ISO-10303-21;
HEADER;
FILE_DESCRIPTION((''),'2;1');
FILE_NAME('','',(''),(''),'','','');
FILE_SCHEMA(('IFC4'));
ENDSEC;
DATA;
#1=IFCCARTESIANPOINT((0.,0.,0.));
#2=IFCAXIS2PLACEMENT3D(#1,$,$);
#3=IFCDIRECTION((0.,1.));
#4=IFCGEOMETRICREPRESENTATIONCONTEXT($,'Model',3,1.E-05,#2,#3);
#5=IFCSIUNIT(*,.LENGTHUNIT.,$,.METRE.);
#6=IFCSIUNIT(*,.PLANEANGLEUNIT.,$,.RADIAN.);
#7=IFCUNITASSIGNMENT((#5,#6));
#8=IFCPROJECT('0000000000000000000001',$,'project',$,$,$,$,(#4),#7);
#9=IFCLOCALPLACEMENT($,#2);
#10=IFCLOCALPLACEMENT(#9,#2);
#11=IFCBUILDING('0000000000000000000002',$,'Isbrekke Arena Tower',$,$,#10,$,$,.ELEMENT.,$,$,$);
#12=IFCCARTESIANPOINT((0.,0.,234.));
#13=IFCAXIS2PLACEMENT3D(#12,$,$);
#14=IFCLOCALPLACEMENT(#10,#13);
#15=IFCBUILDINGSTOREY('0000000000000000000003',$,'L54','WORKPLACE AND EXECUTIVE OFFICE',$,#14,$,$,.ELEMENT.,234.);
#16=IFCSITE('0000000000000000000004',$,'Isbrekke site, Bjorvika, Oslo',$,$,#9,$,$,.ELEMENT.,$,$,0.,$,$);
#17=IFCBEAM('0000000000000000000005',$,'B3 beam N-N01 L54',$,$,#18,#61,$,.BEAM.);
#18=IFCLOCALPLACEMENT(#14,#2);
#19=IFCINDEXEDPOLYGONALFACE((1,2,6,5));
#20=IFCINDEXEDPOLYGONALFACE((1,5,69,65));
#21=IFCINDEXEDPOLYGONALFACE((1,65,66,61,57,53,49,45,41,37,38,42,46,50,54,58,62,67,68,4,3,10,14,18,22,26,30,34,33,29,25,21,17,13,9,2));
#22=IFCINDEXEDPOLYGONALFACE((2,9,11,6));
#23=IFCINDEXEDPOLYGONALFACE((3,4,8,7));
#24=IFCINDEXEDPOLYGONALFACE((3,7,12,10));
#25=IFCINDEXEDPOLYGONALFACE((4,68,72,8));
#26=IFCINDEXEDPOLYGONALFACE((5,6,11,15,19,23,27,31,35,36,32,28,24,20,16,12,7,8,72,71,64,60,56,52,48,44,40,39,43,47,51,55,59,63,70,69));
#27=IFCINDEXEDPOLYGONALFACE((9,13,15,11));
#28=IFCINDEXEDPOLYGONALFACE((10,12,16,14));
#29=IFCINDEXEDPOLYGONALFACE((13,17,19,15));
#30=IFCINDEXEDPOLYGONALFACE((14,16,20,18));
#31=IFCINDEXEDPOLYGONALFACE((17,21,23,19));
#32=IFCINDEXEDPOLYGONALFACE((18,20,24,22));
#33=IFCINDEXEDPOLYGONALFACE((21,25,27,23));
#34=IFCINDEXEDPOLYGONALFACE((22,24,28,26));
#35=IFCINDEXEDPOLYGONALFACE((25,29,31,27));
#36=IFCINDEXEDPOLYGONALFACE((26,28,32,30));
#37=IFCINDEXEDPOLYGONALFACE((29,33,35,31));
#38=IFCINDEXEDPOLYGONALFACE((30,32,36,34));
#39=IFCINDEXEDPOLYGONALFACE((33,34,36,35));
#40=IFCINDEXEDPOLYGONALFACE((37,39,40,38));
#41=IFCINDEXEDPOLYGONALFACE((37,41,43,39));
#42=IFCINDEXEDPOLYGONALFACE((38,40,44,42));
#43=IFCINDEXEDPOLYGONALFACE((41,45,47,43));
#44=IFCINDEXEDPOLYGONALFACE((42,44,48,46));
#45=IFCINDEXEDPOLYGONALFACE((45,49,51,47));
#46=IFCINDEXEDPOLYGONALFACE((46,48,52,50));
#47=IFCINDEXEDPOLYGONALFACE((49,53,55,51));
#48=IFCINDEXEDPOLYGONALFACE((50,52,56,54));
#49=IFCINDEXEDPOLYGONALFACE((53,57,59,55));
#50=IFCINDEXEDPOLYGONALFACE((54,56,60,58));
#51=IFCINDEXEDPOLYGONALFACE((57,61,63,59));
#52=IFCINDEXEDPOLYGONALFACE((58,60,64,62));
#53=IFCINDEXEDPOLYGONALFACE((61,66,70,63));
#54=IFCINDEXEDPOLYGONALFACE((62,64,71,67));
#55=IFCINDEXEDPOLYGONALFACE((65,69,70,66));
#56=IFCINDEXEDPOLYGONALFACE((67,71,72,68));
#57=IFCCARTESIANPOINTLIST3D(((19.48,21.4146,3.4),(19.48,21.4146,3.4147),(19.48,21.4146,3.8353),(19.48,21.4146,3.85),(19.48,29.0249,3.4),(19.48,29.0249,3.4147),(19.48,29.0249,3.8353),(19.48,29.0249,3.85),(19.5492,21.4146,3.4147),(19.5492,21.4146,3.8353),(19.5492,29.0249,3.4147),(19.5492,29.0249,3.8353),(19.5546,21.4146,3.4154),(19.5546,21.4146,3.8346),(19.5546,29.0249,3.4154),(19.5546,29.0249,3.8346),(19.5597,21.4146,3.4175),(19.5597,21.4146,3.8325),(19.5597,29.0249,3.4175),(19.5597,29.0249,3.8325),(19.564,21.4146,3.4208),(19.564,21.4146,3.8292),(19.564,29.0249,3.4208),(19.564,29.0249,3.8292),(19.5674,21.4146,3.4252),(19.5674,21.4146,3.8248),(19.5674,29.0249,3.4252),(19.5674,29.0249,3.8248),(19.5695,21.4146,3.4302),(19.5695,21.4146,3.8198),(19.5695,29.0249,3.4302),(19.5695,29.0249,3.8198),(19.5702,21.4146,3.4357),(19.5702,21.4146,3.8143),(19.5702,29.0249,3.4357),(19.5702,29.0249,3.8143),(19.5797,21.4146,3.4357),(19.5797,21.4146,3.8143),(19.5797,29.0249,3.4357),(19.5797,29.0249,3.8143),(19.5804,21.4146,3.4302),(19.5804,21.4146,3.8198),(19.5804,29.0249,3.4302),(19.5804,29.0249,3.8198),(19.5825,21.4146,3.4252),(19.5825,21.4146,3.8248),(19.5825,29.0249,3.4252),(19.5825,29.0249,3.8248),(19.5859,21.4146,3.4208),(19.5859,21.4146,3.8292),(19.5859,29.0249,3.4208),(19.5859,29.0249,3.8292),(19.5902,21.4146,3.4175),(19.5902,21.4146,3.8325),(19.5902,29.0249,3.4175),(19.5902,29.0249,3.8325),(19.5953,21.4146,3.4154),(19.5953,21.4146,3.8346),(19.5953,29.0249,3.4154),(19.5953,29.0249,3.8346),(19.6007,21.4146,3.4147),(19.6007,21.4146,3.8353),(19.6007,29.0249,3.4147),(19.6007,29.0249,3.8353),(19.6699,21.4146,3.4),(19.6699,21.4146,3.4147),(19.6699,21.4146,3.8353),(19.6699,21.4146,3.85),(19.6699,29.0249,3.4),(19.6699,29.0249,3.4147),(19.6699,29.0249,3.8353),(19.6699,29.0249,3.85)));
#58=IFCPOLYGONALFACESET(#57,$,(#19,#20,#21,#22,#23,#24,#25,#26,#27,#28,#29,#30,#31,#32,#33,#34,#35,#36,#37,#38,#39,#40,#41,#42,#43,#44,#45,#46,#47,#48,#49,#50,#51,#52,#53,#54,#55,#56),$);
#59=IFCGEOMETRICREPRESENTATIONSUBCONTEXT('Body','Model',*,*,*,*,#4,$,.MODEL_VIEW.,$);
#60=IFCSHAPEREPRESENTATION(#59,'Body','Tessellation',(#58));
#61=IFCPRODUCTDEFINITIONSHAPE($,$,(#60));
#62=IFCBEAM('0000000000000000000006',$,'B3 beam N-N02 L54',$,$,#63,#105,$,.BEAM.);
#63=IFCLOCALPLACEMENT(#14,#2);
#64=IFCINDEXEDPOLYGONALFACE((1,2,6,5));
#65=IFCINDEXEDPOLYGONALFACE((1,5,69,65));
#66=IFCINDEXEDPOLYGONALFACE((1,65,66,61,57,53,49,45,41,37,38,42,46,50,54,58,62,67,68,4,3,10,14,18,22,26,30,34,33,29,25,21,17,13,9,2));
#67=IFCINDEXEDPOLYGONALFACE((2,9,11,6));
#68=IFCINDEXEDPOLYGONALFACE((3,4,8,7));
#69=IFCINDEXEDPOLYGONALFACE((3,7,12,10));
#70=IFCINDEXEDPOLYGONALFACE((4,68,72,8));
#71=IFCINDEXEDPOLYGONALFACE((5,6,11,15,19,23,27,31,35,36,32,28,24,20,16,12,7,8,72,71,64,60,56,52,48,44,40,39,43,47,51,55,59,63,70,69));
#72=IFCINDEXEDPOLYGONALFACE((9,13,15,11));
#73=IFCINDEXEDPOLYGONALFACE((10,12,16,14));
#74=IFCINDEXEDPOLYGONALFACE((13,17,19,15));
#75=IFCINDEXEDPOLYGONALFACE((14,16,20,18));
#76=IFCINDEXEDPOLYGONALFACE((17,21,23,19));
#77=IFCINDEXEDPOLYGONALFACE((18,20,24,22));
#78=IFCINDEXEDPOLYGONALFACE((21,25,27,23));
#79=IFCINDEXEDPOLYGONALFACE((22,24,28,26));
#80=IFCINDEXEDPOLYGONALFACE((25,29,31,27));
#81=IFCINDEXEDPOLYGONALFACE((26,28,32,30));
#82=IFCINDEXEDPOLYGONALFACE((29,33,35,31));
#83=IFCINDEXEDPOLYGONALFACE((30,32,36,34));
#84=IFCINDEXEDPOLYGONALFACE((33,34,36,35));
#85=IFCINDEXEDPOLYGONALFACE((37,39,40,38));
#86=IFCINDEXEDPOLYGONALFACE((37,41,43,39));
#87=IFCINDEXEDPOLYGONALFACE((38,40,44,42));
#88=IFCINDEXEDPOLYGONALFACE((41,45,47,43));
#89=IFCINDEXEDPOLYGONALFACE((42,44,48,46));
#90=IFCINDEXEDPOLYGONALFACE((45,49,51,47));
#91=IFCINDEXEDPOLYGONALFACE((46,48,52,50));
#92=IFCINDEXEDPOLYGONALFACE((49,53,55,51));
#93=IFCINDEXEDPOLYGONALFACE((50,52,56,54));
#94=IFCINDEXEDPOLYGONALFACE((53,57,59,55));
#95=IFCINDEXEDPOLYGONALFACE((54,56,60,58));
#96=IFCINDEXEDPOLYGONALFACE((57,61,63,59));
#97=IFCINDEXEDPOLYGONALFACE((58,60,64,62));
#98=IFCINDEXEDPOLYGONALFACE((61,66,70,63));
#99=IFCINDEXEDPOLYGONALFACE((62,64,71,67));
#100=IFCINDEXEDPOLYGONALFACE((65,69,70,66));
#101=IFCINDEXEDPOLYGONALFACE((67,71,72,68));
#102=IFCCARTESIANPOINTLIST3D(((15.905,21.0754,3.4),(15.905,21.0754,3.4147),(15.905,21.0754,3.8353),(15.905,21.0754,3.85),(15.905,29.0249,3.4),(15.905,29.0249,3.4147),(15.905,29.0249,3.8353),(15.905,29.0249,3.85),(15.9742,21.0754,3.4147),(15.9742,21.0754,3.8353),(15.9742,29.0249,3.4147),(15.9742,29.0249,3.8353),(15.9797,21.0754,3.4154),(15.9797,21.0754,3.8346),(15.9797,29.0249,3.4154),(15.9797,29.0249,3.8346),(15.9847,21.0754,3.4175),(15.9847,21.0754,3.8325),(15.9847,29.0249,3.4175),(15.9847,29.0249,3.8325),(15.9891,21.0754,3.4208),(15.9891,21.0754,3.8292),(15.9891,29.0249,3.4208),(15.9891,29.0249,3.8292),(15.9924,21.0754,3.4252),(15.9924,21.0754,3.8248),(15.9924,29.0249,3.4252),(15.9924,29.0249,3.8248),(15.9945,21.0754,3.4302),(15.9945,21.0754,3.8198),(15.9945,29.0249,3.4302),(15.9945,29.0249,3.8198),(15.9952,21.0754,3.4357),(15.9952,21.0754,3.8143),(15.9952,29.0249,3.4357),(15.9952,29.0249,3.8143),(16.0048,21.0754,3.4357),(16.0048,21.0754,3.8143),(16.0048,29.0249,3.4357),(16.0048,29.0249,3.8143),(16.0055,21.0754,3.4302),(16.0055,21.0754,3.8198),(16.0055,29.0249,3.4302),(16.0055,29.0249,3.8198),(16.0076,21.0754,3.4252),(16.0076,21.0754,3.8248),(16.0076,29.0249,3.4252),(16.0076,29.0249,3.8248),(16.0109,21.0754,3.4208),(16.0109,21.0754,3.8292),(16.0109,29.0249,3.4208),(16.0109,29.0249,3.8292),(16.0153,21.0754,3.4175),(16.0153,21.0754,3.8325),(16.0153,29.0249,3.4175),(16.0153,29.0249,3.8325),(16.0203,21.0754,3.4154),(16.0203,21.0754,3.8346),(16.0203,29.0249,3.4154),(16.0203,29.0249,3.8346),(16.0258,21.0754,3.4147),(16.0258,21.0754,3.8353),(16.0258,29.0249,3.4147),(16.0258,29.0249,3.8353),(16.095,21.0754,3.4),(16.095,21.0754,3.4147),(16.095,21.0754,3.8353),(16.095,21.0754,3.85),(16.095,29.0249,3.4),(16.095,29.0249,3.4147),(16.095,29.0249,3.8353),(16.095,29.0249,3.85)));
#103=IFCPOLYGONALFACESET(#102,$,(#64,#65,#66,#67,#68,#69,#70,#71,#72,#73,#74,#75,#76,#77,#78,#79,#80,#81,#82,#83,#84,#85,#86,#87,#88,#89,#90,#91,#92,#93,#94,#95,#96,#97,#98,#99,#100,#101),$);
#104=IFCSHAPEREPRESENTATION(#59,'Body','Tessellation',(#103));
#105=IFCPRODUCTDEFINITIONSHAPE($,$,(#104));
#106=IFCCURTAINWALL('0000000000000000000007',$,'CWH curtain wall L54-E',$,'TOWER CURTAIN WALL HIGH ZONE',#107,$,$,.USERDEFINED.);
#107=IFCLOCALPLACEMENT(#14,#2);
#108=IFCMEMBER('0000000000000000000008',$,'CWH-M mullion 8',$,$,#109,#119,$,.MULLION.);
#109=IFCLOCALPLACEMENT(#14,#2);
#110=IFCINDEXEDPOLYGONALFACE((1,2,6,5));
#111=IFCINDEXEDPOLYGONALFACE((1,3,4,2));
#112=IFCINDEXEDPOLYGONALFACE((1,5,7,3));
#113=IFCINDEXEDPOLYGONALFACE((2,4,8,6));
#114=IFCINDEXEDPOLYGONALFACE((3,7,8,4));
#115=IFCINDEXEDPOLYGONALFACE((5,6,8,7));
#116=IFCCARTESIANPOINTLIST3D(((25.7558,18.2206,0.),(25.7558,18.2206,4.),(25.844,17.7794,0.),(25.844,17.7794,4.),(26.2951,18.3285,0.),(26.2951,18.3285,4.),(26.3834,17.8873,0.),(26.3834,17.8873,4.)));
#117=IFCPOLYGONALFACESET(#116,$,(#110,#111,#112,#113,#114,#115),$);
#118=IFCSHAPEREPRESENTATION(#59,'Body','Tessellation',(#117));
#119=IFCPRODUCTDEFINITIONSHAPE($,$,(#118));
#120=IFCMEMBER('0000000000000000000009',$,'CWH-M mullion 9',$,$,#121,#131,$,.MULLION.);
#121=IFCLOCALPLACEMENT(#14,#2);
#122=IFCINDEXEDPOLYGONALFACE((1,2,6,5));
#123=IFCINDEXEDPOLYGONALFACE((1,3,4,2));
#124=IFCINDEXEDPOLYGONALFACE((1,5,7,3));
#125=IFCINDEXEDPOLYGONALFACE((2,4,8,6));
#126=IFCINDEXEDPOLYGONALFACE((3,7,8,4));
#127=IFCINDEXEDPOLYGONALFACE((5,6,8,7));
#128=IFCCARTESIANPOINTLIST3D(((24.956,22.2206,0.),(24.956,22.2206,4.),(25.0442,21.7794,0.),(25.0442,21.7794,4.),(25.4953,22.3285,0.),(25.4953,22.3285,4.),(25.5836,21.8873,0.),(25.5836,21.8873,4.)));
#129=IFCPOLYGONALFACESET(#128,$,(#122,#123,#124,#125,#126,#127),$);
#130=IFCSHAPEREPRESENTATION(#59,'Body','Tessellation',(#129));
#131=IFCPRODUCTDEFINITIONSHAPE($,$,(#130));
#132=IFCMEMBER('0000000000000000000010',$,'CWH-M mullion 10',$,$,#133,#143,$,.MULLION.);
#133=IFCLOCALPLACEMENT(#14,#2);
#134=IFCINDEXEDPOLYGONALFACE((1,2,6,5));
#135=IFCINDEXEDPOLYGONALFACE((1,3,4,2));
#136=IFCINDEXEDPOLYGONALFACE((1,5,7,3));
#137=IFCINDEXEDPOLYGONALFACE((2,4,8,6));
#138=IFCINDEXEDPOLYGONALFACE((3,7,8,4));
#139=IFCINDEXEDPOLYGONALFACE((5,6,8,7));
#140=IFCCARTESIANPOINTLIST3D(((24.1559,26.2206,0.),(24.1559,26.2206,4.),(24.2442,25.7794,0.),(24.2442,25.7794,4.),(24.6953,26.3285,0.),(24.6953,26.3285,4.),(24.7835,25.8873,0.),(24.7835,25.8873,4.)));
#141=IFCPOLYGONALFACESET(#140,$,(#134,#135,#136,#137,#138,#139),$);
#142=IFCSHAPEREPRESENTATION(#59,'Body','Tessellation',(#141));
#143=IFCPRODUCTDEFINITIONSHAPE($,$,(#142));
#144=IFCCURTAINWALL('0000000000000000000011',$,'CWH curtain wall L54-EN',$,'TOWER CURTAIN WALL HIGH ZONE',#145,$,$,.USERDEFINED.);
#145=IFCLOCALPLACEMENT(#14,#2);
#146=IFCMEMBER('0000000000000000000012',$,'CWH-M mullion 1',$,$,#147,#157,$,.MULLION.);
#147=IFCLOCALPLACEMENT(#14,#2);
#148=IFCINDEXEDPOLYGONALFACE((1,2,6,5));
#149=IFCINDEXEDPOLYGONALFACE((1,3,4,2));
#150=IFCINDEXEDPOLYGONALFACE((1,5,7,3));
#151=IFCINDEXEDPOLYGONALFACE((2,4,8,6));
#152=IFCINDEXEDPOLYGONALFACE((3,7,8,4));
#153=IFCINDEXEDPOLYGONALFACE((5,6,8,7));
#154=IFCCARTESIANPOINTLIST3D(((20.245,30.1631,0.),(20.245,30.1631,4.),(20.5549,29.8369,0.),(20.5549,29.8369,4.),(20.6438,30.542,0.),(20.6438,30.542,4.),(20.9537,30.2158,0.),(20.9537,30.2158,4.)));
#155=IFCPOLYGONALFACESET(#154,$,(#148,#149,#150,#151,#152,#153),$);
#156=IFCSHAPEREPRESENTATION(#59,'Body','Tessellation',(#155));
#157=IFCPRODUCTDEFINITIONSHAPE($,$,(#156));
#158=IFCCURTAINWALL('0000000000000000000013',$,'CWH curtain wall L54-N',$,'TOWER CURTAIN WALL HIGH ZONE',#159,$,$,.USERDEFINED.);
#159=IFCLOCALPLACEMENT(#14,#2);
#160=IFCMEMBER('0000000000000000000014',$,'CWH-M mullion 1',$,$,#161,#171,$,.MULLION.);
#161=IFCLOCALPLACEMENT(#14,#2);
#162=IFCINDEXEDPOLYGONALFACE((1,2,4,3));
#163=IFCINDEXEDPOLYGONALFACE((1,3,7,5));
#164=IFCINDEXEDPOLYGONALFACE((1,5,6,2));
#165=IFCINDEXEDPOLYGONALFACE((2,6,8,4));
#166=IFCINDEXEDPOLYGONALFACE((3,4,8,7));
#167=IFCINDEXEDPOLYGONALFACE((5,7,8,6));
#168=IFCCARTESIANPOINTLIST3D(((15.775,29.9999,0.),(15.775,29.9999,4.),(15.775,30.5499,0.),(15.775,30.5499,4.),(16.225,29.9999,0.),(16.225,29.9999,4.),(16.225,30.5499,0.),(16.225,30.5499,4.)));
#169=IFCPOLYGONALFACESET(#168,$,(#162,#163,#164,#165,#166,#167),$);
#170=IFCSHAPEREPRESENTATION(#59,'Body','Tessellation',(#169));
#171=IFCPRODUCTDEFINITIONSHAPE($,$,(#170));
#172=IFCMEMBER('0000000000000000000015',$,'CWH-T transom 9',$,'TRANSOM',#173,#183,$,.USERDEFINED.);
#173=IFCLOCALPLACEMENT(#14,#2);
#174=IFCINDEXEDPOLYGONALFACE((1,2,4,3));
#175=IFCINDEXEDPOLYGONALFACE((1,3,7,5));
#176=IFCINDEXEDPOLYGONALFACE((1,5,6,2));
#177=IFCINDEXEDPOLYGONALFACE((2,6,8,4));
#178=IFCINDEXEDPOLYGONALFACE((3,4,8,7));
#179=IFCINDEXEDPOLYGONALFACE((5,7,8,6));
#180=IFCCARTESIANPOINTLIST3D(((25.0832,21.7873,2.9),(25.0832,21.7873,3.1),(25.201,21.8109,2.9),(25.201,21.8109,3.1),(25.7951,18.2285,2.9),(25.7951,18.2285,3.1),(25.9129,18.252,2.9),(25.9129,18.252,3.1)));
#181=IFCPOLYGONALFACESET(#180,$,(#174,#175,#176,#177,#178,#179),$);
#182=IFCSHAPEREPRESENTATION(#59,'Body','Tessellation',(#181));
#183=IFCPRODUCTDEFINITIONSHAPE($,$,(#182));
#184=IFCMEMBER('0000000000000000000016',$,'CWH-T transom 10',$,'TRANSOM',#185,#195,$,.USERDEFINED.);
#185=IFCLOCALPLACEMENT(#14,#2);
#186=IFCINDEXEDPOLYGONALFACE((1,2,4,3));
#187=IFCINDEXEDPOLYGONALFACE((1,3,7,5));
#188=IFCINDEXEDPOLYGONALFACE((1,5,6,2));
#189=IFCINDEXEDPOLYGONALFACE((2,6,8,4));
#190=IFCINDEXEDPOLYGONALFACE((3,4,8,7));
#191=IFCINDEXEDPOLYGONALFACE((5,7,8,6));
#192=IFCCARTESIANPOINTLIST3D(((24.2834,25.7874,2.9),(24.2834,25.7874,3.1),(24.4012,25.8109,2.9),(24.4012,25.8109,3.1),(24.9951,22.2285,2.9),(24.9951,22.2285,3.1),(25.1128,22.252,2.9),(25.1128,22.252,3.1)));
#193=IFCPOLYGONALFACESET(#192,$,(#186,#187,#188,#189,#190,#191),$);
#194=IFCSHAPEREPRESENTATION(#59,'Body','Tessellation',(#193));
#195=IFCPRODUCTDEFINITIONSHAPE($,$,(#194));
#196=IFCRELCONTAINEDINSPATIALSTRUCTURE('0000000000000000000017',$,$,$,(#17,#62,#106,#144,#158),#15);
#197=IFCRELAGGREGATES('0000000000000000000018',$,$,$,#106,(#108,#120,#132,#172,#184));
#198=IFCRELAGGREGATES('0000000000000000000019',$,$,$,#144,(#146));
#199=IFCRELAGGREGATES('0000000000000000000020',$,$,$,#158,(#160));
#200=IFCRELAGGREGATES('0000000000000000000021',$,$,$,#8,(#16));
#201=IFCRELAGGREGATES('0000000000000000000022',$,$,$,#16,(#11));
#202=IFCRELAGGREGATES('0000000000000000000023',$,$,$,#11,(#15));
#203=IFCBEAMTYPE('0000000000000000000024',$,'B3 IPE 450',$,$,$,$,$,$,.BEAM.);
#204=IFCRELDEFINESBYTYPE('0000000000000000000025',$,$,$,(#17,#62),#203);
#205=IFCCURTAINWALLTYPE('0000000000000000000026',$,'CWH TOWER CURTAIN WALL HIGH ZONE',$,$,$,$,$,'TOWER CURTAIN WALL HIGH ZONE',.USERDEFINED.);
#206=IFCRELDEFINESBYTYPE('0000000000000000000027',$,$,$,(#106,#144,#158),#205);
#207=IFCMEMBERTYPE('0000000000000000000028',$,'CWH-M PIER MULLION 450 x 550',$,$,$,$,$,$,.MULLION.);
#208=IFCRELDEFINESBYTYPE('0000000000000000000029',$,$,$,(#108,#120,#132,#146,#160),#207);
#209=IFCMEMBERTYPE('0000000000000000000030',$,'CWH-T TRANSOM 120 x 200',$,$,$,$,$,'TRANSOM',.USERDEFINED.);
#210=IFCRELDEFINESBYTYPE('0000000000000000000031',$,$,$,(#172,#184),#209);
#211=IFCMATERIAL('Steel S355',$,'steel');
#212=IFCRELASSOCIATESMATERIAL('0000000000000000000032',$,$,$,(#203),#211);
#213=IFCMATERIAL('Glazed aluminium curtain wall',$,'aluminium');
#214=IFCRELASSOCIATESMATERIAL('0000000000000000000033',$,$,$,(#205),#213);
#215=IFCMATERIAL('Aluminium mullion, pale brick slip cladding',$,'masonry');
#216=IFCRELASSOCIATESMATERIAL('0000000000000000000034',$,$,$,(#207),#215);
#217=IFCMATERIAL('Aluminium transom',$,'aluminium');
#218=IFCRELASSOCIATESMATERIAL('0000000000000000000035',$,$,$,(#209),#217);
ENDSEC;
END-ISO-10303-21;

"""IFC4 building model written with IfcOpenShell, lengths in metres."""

from ifc_helpers import new_model, si_unit, direction, frame, origin, origin_2d, place, context, subcontext, project, spatial, rectangle, i_section, extrude, material, material_profile, profile_set, type_object, element, aggregate, save


model = new_model("IFC4")

# Units and contexts
model_context = context("Model", 3, precision=1e-05, world=origin(), true_north=direction((0.0, 1.0)))
body_context = subcontext(model_context, "Body", "Model", "MODEL_VIEW")
ifc_project = project(units=[si_unit("LENGTHUNIT", "METRE"), si_unit("PLANEANGLEUNIT", "RADIAN")], contexts=[model_context])

# Site, building, storey
site_placement = place(None, origin())
site = spatial("IfcSite", under=ifc_project, at=site_placement, Name="Isbrekke site, Bjorvika, Oslo", CompositionType="ELEMENT", RefElevation=0.0)
building_placement = place(site_placement, origin())
building = spatial("IfcBuilding", under=site, at=building_placement, Name="Isbrekke Arena Tower", CompositionType="ELEMENT")
storey_placement = place(building_placement, frame((0.0, 0.0, 234.0)))
storey = spatial("IfcBuildingStorey", under=building, at=storey_placement, Name="L54", Description="WORKPLACE AND EXECUTIVE OFFICE", CompositionType="ELEMENT", Elevation=234.0)

# Beams
ifc_material_1 = material(Name="Steel S355", Category="steel")
ifc_material_profile_1 = material_profile(ifc_material_1, i_section(OverallWidth=0.1899, OverallDepth=0.45, WebThickness=0.0095, FlangeThickness=0.0146, FilletRadius=0.021, at=origin_2d()), Name="IPE 450")
ifc_profile_set_1 = profile_set([ifc_material_profile_1], Name="Steel S355")
beam_type_1 = type_object("IfcBeamType", Name="B3 IPE 450", PredefinedType="BEAM", material=ifc_profile_set_1)
beam_1_placement = place(storey_placement, frame((19.575, 29.0249, 3.625), z_axis=(0.0, -1.0, 0.0), x_axis=(1.0, 0.0, 0.0)))
element("IfcBeam", 1, at=beam_1_placement, inside=storey, type_object=beam_type_1, Name="B3 beam N-N01 L54", PredefinedType="BEAM", context=body_context, shape_type="SweptSolid", body=[
    extrude(i_section(OverallWidth=0.1899, OverallDepth=0.45, WebThickness=0.0095, FlangeThickness=0.0146, FilletRadius=0.021, at=origin_2d()), origin(), (0.0, 0.0, 1.0), 7.6104),
])
beam_2_placement = place(storey_placement, frame((16.0, 29.0249, 3.625), z_axis=(0.0, -1.0, 0.0), x_axis=(1.0, 0.0, 0.0)))
element("IfcBeam", 2, at=beam_2_placement, inside=storey, type_object=beam_type_1, Name="B3 beam N-N02 L54", PredefinedType="BEAM", context=body_context, shape_type="SweptSolid", body=[
    extrude(i_section(OverallWidth=0.1899, OverallDepth=0.45, WebThickness=0.0095, FlangeThickness=0.0146, FilletRadius=0.021, at=origin_2d()), origin(), (0.0, 0.0, 1.0), 7.9495),
])

# Curtain wall, members
ifc_material_2 = material(Name="Glazed aluminium curtain wall", Category="aluminium")
curtain_wall_type = type_object("IfcCurtainWallType", Name="CWH TOWER CURTAIN WALL HIGH ZONE", ElementType="TOWER CURTAIN WALL HIGH ZONE", PredefinedType="USERDEFINED", material=ifc_material_2)
curtain_wall_1_placement = place(storey_placement, origin())
curtain_wall_1 = element("IfcCurtainWall", 3, at=curtain_wall_1_placement, inside=storey, type_object=curtain_wall_type, Name="CWH curtain wall L54-E", ObjectType="TOWER CURTAIN WALL HIGH ZONE", PredefinedType="USERDEFINED")
ifc_material_3 = material(Name="Aluminium mullion, pale brick slip cladding", Category="masonry")
ifc_material_profile_2 = material_profile(ifc_material_3, rectangle(XDim=0.45, YDim=0.55, at=origin_2d()), Name="PIER 450X550")
ifc_profile_set_2 = profile_set([ifc_material_profile_2], Name="Aluminium mullion, pale brick slip cladding")
member_type_1 = type_object("IfcMemberType", Name="CWH-M PIER MULLION 450 x 550", PredefinedType="MULLION", material=ifc_profile_set_2)
member_1_placement = place(storey_placement, frame((26.0696, 18.054, 0.0), z_axis=(0.0, 0.0, 1.0), x_axis=(-0.196116, 0.980581, 0.0)))
member_1 = element("IfcMember", 4, at=member_1_placement, type_object=member_type_1, Name="CWH-M mullion 8", PredefinedType="MULLION", context=body_context, shape_type="SweptSolid", body=[
    extrude(rectangle(XDim=0.45, YDim=0.55, at=origin_2d()), origin(), (0.0, 0.0, 1.0), 4.0),
])
member_2_placement = place(storey_placement, frame((25.2698, 22.054, 0.0), z_axis=(0.0, 0.0, 1.0), x_axis=(-0.196116, 0.980581, 0.0)))
member_2 = element("IfcMember", 5, at=member_2_placement, type_object=member_type_1, Name="CWH-M mullion 9", PredefinedType="MULLION", context=body_context, shape_type="SweptSolid", body=[
    extrude(rectangle(XDim=0.45, YDim=0.55, at=origin_2d()), origin(), (0.0, 0.0, 1.0), 4.0),
])
member_3_placement = place(storey_placement, frame((24.4697, 26.054, 0.0), z_axis=(0.0, 0.0, 1.0), x_axis=(-0.196116, 0.980581, 0.0)))
member_3 = element("IfcMember", 6, at=member_3_placement, type_object=member_type_1, Name="CWH-M mullion 10", PredefinedType="MULLION", context=body_context, shape_type="SweptSolid", body=[
    extrude(rectangle(XDim=0.45, YDim=0.55, at=origin_2d()), origin(), (0.0, 0.0, 1.0), 4.0),
])

# Curtain walls, members
curtain_wall_2_placement = place(storey_placement, origin())
curtain_wall_2 = element("IfcCurtainWall", 7, at=curtain_wall_2_placement, inside=storey, type_object=curtain_wall_type, Name="CWH curtain wall L54-EN", ObjectType="TOWER CURTAIN WALL HIGH ZONE", PredefinedType="USERDEFINED")
member_4_placement = place(storey_placement, frame((20.5994, 30.1895, 0.0), z_axis=(0.0, 0.0, 1.0), x_axis=(-0.688749, 0.724999, 0.0)))
member_4 = element("IfcMember", 8, at=member_4_placement, type_object=member_type_1, Name="CWH-M mullion 1", PredefinedType="MULLION", context=body_context, shape_type="SweptSolid", body=[
    extrude(rectangle(XDim=0.45, YDim=0.55, at=origin_2d()), origin(), (0.0, 0.0, 1.0), 4.0),
])
curtain_wall_3_placement = place(storey_placement, origin())
curtain_wall_3 = element("IfcCurtainWall", 9, at=curtain_wall_3_placement, inside=storey, type_object=curtain_wall_type, Name="CWH curtain wall L54-N", ObjectType="TOWER CURTAIN WALL HIGH ZONE", PredefinedType="USERDEFINED")
member_5_placement = place(storey_placement, frame((16.0, 30.2749, 0.0), z_axis=(0.0, 0.0, 1.0), x_axis=(-1.0, 0.0, 0.0)))
member_5 = element("IfcMember", 10, at=member_5_placement, type_object=member_type_1, Name="CWH-M mullion 1", PredefinedType="MULLION", context=body_context, shape_type="SweptSolid", body=[
    extrude(rectangle(XDim=0.45, YDim=0.55, at=origin_2d()), origin(), (0.0, 0.0, 1.0), 4.0),
])

# Members
ifc_material_4 = material(Name="Aluminium transom", Category="aluminium")
ifc_material_profile_3 = material_profile(ifc_material_4, rectangle(XDim=0.1201, YDim=0.2, at=origin_2d()), Name="TRANSOM 120X200")
ifc_profile_set_3 = profile_set([ifc_material_profile_3], Name="Aluminium transom")
member_type_2 = type_object("IfcMemberType", Name="CWH-T TRANSOM 120 x 200", ElementType="TRANSOM", PredefinedType="USERDEFINED", material=ifc_profile_set_3)
member_6_placement = place(storey_placement, frame((25.854, 18.2402, 3.0), z_axis=(-0.196155, 0.980573, 0.0), x_axis=(-0.980573, -0.196155, 0.0)))
member_6 = element("IfcMember", 11, at=member_6_placement, type_object=member_type_2, Name="CWH-T transom 9", ObjectType="TRANSOM", PredefinedType="USERDEFINED", context=body_context, shape_type="SweptSolid", body=[
    extrude(rectangle(XDim=0.1201, YDim=0.2, at=origin_2d()), origin(), (0.0, 0.0, 1.0), 3.6294),
])
member_7_placement = place(storey_placement, frame((25.054, 22.2402, 3.0), z_axis=(-0.19609, 0.980586, 0.0), x_axis=(-0.980586, -0.19609, 0.0)))
member_7 = element("IfcMember", 12, at=member_7_placement, type_object=member_type_2, Name="CWH-T transom 10", ObjectType="TRANSOM", PredefinedType="USERDEFINED", context=body_context, shape_type="SweptSolid", body=[
    extrude(rectangle(XDim=0.1201, YDim=0.2, at=origin_2d()), origin(), (0.0, 0.0, 1.0), 3.6294),
])

aggregate(curtain_wall_1, [member_1, member_2, member_3, member_6, member_7])
aggregate(curtain_wall_2, [member_4])
aggregate(curtain_wall_3, [member_5])

save(model, "model.ifc")
